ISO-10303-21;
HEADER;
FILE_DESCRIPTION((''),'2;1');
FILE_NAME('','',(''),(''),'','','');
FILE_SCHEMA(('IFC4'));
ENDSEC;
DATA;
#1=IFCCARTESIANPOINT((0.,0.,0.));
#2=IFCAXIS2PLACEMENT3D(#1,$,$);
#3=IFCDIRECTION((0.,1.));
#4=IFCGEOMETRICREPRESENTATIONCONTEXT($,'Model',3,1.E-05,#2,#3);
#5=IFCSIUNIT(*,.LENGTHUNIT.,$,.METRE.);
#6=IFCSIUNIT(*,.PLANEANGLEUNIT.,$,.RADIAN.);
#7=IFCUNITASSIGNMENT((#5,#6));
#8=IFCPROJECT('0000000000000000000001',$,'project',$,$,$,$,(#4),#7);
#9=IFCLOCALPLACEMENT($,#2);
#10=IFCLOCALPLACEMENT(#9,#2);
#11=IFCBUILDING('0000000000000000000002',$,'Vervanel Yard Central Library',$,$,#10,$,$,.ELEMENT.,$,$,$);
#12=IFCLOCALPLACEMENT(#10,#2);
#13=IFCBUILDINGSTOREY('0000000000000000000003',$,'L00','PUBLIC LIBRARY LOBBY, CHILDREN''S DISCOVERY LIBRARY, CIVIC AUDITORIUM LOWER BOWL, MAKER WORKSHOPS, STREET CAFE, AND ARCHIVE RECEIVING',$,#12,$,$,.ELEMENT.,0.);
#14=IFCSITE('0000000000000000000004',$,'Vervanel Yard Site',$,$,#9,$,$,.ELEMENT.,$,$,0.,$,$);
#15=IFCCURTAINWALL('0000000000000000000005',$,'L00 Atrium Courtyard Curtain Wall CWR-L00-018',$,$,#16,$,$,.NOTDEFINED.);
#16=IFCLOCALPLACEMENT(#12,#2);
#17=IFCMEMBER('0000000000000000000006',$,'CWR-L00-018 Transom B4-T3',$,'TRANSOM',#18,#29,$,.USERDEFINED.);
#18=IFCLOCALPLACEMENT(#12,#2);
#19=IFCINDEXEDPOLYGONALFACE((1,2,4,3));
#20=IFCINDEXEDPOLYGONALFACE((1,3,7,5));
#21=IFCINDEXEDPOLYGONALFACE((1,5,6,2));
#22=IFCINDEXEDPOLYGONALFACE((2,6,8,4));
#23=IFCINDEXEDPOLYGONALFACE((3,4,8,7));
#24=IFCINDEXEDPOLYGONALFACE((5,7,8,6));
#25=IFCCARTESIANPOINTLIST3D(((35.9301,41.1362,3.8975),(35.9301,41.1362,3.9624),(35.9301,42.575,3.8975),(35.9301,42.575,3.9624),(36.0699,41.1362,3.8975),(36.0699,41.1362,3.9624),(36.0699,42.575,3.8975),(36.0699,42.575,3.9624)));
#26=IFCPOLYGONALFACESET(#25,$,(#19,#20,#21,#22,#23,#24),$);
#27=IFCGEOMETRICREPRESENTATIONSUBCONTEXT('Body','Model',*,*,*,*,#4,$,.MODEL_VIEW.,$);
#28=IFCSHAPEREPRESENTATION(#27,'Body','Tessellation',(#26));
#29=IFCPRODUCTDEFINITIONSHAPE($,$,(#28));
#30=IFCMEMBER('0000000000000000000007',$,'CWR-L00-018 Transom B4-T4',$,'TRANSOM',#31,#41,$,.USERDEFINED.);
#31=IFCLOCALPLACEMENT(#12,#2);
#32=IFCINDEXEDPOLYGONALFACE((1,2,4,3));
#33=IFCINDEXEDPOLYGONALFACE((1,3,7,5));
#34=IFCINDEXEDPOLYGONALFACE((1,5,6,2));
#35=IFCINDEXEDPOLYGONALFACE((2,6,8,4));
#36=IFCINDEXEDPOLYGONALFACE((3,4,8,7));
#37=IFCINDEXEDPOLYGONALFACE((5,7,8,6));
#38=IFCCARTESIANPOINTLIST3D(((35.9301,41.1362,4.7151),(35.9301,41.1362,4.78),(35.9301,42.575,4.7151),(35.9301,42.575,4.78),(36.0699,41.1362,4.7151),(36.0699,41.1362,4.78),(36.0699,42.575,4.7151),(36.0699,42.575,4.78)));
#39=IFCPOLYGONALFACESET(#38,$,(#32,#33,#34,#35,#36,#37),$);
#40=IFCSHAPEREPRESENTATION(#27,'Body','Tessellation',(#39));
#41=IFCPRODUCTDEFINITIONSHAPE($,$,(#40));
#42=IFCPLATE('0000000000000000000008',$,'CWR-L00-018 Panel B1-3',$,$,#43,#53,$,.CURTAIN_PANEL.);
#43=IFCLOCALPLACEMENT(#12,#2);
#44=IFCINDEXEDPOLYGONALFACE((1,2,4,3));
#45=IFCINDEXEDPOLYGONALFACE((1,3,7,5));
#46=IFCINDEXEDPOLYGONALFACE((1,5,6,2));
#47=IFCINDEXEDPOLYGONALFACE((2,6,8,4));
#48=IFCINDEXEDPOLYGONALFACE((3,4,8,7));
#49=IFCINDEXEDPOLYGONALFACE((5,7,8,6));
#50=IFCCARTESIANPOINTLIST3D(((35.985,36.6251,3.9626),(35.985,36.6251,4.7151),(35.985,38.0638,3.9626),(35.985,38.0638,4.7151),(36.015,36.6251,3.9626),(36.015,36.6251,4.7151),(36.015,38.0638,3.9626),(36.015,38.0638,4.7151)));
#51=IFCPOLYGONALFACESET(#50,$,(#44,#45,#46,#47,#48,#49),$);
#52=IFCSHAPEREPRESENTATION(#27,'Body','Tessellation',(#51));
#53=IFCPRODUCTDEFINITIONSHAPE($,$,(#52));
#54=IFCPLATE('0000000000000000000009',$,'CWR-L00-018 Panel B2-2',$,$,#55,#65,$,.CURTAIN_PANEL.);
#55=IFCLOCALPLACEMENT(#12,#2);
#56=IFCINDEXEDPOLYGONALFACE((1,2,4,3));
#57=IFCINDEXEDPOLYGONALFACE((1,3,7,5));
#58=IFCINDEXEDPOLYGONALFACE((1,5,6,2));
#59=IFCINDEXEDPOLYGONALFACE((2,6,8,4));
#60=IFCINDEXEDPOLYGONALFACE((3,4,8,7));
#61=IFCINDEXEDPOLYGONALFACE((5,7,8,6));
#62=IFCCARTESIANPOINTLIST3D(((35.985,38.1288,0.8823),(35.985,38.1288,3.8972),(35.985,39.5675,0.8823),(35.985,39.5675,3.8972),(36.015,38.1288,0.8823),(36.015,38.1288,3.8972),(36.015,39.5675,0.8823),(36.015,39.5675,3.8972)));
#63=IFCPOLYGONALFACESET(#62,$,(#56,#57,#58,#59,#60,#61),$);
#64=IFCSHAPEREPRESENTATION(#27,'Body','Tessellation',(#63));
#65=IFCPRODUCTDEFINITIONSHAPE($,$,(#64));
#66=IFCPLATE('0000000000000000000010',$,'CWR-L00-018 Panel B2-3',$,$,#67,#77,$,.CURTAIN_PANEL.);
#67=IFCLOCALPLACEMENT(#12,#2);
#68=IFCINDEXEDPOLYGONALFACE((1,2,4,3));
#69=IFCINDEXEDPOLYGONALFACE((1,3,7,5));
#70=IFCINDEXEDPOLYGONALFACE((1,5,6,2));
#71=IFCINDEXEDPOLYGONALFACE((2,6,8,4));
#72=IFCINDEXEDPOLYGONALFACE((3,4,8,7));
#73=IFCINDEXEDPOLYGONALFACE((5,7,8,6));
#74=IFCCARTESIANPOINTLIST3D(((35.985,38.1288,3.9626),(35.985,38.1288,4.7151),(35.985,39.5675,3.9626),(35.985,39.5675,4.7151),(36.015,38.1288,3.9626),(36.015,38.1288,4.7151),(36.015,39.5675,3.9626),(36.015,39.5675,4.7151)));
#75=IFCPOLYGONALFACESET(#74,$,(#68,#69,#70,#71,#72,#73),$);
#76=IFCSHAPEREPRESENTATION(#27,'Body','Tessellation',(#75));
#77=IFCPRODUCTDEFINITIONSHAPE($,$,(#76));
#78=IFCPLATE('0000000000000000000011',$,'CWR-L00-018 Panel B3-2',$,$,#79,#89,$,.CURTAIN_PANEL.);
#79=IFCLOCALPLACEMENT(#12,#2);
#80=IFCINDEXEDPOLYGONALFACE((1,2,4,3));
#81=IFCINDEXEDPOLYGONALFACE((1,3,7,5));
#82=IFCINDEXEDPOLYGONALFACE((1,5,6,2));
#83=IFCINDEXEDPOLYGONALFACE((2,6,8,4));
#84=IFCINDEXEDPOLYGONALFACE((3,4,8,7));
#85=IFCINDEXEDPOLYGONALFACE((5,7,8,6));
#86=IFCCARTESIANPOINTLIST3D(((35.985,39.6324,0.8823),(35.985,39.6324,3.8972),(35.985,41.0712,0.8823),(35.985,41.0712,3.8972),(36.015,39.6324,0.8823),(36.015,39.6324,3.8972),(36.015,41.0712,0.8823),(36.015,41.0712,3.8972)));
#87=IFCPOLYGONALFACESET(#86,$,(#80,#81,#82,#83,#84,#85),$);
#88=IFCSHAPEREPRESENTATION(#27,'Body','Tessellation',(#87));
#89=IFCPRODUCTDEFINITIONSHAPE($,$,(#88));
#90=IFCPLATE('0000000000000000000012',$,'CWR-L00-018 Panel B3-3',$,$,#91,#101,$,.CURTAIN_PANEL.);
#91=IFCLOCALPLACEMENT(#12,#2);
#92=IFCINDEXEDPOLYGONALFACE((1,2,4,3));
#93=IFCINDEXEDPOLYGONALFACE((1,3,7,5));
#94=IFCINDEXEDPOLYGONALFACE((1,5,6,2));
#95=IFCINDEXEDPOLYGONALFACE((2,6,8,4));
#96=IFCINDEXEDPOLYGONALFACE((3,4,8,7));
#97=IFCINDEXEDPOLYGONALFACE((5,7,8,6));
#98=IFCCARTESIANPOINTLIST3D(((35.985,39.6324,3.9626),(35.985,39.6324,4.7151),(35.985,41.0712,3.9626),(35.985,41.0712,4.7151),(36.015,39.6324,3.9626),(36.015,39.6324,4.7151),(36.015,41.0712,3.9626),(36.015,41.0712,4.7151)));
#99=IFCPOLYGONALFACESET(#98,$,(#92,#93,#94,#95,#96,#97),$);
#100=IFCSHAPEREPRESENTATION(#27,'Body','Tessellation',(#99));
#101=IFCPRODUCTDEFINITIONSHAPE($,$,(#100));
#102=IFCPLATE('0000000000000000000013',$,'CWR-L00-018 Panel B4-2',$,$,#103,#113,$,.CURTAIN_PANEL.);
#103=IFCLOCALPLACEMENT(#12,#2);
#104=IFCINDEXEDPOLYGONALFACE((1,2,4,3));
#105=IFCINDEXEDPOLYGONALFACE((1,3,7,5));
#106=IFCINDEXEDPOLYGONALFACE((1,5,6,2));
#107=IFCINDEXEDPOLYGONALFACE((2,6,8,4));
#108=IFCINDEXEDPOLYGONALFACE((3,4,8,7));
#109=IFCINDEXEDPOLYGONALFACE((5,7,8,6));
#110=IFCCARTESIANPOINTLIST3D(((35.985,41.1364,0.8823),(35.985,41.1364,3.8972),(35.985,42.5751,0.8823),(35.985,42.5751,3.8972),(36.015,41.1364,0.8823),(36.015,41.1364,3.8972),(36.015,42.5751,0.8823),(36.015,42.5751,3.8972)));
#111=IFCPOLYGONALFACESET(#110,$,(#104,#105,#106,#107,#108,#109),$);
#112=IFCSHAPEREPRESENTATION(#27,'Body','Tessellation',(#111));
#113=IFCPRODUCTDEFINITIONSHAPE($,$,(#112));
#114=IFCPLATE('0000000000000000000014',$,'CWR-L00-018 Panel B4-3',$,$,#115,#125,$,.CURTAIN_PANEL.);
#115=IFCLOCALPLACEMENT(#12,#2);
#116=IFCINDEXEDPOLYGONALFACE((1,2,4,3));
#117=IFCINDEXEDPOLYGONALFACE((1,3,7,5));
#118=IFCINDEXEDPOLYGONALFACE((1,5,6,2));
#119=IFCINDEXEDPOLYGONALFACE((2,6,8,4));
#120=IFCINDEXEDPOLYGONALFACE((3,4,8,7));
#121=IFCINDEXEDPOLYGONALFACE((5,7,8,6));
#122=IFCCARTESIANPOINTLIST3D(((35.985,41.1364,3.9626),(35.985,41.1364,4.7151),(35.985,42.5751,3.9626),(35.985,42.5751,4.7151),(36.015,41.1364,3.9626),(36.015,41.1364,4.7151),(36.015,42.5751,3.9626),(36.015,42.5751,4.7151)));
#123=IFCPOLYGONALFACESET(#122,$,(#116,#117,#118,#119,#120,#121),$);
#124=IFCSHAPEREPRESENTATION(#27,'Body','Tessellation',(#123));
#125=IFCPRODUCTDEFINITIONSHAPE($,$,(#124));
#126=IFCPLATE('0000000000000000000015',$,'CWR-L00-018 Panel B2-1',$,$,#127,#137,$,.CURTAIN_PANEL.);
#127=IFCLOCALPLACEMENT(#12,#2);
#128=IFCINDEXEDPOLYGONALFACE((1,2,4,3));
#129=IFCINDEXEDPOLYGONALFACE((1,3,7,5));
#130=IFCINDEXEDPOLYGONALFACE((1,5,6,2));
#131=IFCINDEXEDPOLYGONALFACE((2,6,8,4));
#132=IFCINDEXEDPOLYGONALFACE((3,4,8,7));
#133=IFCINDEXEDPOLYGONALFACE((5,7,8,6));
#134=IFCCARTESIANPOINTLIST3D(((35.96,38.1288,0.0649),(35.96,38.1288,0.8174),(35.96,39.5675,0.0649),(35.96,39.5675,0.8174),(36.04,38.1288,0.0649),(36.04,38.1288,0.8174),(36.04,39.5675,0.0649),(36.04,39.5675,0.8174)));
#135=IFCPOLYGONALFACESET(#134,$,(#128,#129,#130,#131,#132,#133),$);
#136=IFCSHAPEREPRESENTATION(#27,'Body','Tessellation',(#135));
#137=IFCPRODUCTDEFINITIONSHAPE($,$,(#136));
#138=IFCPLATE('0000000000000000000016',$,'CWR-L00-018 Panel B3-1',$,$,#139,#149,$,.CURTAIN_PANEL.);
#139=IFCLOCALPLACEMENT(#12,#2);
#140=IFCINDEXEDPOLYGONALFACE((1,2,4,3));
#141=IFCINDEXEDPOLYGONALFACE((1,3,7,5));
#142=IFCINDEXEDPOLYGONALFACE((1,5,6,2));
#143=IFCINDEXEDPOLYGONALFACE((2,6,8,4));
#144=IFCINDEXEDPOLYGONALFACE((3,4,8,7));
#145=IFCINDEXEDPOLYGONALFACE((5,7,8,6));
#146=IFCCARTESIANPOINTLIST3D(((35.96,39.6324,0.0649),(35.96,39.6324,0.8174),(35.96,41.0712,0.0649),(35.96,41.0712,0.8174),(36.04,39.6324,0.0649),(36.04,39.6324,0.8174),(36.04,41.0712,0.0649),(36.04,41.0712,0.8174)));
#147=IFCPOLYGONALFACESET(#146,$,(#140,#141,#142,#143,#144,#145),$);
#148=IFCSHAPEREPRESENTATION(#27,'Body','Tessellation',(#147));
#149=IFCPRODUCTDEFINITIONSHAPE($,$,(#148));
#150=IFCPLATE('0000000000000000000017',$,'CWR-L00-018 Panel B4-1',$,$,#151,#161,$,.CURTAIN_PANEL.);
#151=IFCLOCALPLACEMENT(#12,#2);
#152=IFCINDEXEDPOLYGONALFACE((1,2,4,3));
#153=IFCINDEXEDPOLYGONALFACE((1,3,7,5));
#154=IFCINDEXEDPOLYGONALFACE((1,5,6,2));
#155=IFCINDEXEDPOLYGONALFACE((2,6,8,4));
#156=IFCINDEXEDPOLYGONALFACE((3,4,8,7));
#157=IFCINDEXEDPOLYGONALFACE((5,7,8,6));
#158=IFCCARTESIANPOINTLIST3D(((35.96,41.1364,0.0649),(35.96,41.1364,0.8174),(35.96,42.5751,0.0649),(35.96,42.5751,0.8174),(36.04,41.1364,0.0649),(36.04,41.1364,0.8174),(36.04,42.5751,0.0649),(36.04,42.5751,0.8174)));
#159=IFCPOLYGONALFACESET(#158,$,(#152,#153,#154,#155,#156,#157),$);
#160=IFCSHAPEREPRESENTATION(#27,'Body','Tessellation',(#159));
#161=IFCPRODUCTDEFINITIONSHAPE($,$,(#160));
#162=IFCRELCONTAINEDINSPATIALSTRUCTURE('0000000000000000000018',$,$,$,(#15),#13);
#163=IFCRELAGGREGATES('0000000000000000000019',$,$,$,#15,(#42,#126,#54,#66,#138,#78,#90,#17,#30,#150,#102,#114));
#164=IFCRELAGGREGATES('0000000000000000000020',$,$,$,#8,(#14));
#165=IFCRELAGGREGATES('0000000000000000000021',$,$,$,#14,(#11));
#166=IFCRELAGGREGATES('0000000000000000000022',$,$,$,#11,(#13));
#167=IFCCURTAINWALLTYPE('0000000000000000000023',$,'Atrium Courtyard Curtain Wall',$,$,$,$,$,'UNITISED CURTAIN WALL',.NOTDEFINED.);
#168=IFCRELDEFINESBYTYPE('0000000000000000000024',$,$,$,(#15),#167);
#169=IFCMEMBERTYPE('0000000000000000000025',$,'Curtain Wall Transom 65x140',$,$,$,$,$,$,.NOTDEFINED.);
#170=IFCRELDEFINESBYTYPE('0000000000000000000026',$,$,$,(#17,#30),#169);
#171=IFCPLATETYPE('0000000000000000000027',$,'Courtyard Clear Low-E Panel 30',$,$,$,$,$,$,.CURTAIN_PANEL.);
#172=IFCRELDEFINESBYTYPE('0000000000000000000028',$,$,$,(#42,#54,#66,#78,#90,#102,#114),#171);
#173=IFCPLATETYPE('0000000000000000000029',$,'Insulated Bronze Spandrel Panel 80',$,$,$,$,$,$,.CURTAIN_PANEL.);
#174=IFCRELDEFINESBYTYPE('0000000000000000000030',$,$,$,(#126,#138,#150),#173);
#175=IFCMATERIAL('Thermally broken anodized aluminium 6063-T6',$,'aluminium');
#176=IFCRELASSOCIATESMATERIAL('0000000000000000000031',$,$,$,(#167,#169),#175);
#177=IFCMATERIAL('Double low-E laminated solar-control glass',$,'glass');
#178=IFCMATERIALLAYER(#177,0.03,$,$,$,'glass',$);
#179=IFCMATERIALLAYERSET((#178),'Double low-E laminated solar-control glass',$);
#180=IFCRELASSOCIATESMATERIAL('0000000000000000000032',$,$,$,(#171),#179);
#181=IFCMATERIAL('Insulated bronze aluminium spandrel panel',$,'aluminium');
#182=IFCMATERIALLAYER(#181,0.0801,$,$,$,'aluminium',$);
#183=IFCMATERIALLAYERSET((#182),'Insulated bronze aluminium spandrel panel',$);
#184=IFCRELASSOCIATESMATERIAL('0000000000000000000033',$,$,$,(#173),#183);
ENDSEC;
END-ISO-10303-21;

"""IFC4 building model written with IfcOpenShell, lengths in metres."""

from ifc_helpers import new_model, si_unit, direction, frame, origin, origin_2d, place, context, subcontext, project, spatial, rectangle, extrude, material, layer, layer_set, material_profile, profile_set, type_object, element, aggregate, save


model = new_model("IFC4")

# Units and contexts
model_context = context("Model", 3, precision=1e-05, world=origin(), true_north=direction((0.0, 1.0)))
body_context = subcontext(model_context, "Body", "Model", "MODEL_VIEW")
ifc_project = project(units=[si_unit("LENGTHUNIT", "METRE"), si_unit("PLANEANGLEUNIT", "RADIAN")], contexts=[model_context])

# Site, building, storey
site_placement = place(None, origin())
site = spatial("IfcSite", under=ifc_project, at=site_placement, Name="Vervanel Yard Site", CompositionType="ELEMENT", RefElevation=0.0)
building_placement = place(site_placement, origin())
building = spatial("IfcBuilding", under=site, at=building_placement, Name="Vervanel Yard Central Library", CompositionType="ELEMENT")
storey_placement = place(building_placement, origin())
storey = spatial("IfcBuildingStorey", under=building, at=storey_placement, Name="L00", Description="PUBLIC LIBRARY LOBBY, CHILDREN'S DISCOVERY LIBRARY, CIVIC AUDITORIUM LOWER BOWL, MAKER WORKSHOPS, STREET CAFE, AND ARCHIVE RECEIVING", CompositionType="ELEMENT", Elevation=0.0)

# Curtain wall, members, plates
ifc_material_1 = material(Name="Thermally broken anodized aluminium 6063-T6", Category="aluminium")
curtain_wall_type = type_object("IfcCurtainWallType", Name="Atrium Courtyard Curtain Wall", ElementType="UNITISED CURTAIN WALL", PredefinedType="NOTDEFINED", material=ifc_material_1)
curtain_wall_placement = place(storey_placement, origin())
curtain_wall = element("IfcCurtainWall", 1, at=curtain_wall_placement, inside=storey, type_object=curtain_wall_type, Name="L00 Atrium Courtyard Curtain Wall CWR-L00-018", PredefinedType="NOTDEFINED")
ifc_material_profile_1 = material_profile(ifc_material_1, rectangle(XDim=0.0649, YDim=0.1399, at=origin_2d()), Name="ALU 65x140", Category="aluminium")
ifc_profile_set_1 = profile_set([ifc_material_profile_1], Name="Thermally broken anodized aluminium 6063-T6")
member_type_1 = type_object("IfcMemberType", Name="Curtain Wall Transom 65x140", PredefinedType="NOTDEFINED", material=ifc_profile_set_1)
member_1_placement = place(storey_placement, frame((36.0, 41.1362, 3.9299), z_axis=(0.0, 1.0, 0.0), x_axis=(0.0, 0.0, 1.0)))
member_1 = element("IfcMember", 2, at=member_1_placement, type_object=member_type_1, Name="CWR-L00-018 Transom B4-T3", ObjectType="TRANSOM", PredefinedType="USERDEFINED", context=body_context, shape_type="SweptSolid", body=[
    extrude(rectangle(XDim=0.0649, YDim=0.1399, at=origin_2d()), origin(), (0.0, 0.0, 1.0), 1.4387),
])
member_2_placement = place(storey_placement, frame((36.0, 41.1362, 4.7476), z_axis=(0.0, 1.0, 0.0), x_axis=(0.0, 0.0, 1.0)))
member_2 = element("IfcMember", 3, at=member_2_placement, type_object=member_type_1, Name="CWR-L00-018 Transom B4-T4", ObjectType="TRANSOM", PredefinedType="USERDEFINED", context=body_context, shape_type="SweptSolid", body=[
    extrude(rectangle(XDim=0.0649, YDim=0.1399, at=origin_2d()), origin(), (0.0, 0.0, 1.0), 1.4387),
])
ifc_material_2 = material(Name="Double low-E laminated solar-control glass", Category="glass")
ifc_layer_1 = layer(ifc_material_2, 0.03, Category="glass")
ifc_layer_set_1 = layer_set([ifc_layer_1], Name="Double low-E laminated solar-control glass")
plate_type_1 = type_object("IfcPlateType", Name="Courtyard Clear Low-E Panel 30", PredefinedType="CURTAIN_PANEL", material=ifc_layer_set_1)
plate_1_placement = place(storey_placement, frame((36.0, 37.3445, 3.9626), z_axis=(0.0, 0.0, 1.0), x_axis=(0.0, 1.0, 0.0)))
plate_1 = element("IfcPlate", 4, at=plate_1_placement, type_object=plate_type_1, Name="CWR-L00-018 Panel B1-3", PredefinedType="CURTAIN_PANEL", context=body_context, shape_type="SweptSolid", body=[
    extrude(rectangle(XDim=1.4387, YDim=0.03, at=origin_2d()), origin(), (0.0, 0.0, 1.0), 0.7524),
])
plate_2_placement = place(storey_placement, frame((36.0, 38.8481, 0.8823), z_axis=(0.0, 0.0, 1.0), x_axis=(0.0, 1.0, 0.0)))
plate_2 = element("IfcPlate", 5, at=plate_2_placement, type_object=plate_type_1, Name="CWR-L00-018 Panel B2-2", PredefinedType="CURTAIN_PANEL", context=body_context, shape_type="SweptSolid", body=[
    extrude(rectangle(XDim=1.4387, YDim=0.03, at=origin_2d()), origin(), (0.0, 0.0, 1.0), 3.0149),
])
plate_3_placement = place(storey_placement, frame((36.0, 38.8481, 3.9626), z_axis=(0.0, 0.0, 1.0), x_axis=(0.0, 1.0, 0.0)))
plate_3 = element("IfcPlate", 6, at=plate_3_placement, type_object=plate_type_1, Name="CWR-L00-018 Panel B2-3", PredefinedType="CURTAIN_PANEL", context=body_context, shape_type="SweptSolid", body=[
    extrude(rectangle(XDim=1.4387, YDim=0.03, at=origin_2d()), origin(), (0.0, 0.0, 1.0), 0.7524),
])
plate_4_placement = place(storey_placement, frame((36.0, 40.3518, 0.8823), z_axis=(0.0, 0.0, 1.0), x_axis=(0.0, 1.0, 0.0)))
plate_4 = element("IfcPlate", 7, at=plate_4_placement, type_object=plate_type_1, Name="CWR-L00-018 Panel B3-2", PredefinedType="CURTAIN_PANEL", context=body_context, shape_type="SweptSolid", body=[
    extrude(rectangle(XDim=1.4387, YDim=0.03, at=origin_2d()), origin(), (0.0, 0.0, 1.0), 3.0149),
])
plate_5_placement = place(storey_placement, frame((36.0, 40.3518, 3.9626), z_axis=(0.0, 0.0, 1.0), x_axis=(0.0, 1.0, 0.0)))
plate_5 = element("IfcPlate", 8, at=plate_5_placement, type_object=plate_type_1, Name="CWR-L00-018 Panel B3-3", PredefinedType="CURTAIN_PANEL", context=body_context, shape_type="SweptSolid", body=[
    extrude(rectangle(XDim=1.4387, YDim=0.03, at=origin_2d()), origin(), (0.0, 0.0, 1.0), 0.7524),
])
plate_6_placement = place(storey_placement, frame((36.0, 41.8557, 0.8823), z_axis=(0.0, 0.0, 1.0), x_axis=(0.0, 1.0, 0.0)))
plate_6 = element("IfcPlate", 9, at=plate_6_placement, type_object=plate_type_1, Name="CWR-L00-018 Panel B4-2", PredefinedType="CURTAIN_PANEL", context=body_context, shape_type="SweptSolid", body=[
    extrude(rectangle(XDim=1.4387, YDim=0.03, at=origin_2d()), origin(), (0.0, 0.0, 1.0), 3.0149),
])
plate_7_placement = place(storey_placement, frame((36.0, 41.8557, 3.9626), z_axis=(0.0, 0.0, 1.0), x_axis=(0.0, 1.0, 0.0)))
plate_7 = element("IfcPlate", 10, at=plate_7_placement, type_object=plate_type_1, Name="CWR-L00-018 Panel B4-3", PredefinedType="CURTAIN_PANEL", context=body_context, shape_type="SweptSolid", body=[
    extrude(rectangle(XDim=1.4387, YDim=0.03, at=origin_2d()), origin(), (0.0, 0.0, 1.0), 0.7524),
])
ifc_material_3 = material(Name="Insulated bronze aluminium spandrel panel", Category="aluminium")
ifc_layer_2 = layer(ifc_material_3, 0.0801, Category="aluminium")
ifc_layer_set_2 = layer_set([ifc_layer_2], Name="Insulated bronze aluminium spandrel panel")
plate_type_2 = type_object("IfcPlateType", Name="Insulated Bronze Spandrel Panel 80", PredefinedType="CURTAIN_PANEL", material=ifc_layer_set_2)
plate_8_placement = place(storey_placement, frame((36.0, 38.8481, 0.0649), z_axis=(0.0, 0.0, 1.0), x_axis=(0.0, 1.0, 0.0)))
plate_8 = element("IfcPlate", 11, at=plate_8_placement, type_object=plate_type_2, Name="CWR-L00-018 Panel B2-1", PredefinedType="CURTAIN_PANEL", context=body_context, shape_type="SweptSolid", body=[
    extrude(rectangle(XDim=1.4387, YDim=0.0801, at=origin_2d()), origin(), (0.0, 0.0, 1.0), 0.7524),
])
plate_9_placement = place(storey_placement, frame((36.0, 40.3518, 0.0649), z_axis=(0.0, 0.0, 1.0), x_axis=(0.0, 1.0, 0.0)))
plate_9 = element("IfcPlate", 12, at=plate_9_placement, type_object=plate_type_2, Name="CWR-L00-018 Panel B3-1", PredefinedType="CURTAIN_PANEL", context=body_context, shape_type="SweptSolid", body=[
    extrude(rectangle(XDim=1.4387, YDim=0.0801, at=origin_2d()), origin(), (0.0, 0.0, 1.0), 0.7524),
])
plate_10_placement = place(storey_placement, frame((36.0, 41.8557, 0.0649), z_axis=(0.0, 0.0, 1.0), x_axis=(0.0, 1.0, 0.0)))
plate_10 = element("IfcPlate", 13, at=plate_10_placement, type_object=plate_type_2, Name="CWR-L00-018 Panel B4-1", PredefinedType="CURTAIN_PANEL", context=body_context, shape_type="SweptSolid", body=[
    extrude(rectangle(XDim=1.4387, YDim=0.0801, at=origin_2d()), origin(), (0.0, 0.0, 1.0), 0.7524),
])
aggregate(curtain_wall, [plate_1, plate_8, plate_2, plate_3, plate_9, plate_4, plate_5, member_1, member_2, plate_10, plate_6, plate_7])

save(model, "model.ifc")
